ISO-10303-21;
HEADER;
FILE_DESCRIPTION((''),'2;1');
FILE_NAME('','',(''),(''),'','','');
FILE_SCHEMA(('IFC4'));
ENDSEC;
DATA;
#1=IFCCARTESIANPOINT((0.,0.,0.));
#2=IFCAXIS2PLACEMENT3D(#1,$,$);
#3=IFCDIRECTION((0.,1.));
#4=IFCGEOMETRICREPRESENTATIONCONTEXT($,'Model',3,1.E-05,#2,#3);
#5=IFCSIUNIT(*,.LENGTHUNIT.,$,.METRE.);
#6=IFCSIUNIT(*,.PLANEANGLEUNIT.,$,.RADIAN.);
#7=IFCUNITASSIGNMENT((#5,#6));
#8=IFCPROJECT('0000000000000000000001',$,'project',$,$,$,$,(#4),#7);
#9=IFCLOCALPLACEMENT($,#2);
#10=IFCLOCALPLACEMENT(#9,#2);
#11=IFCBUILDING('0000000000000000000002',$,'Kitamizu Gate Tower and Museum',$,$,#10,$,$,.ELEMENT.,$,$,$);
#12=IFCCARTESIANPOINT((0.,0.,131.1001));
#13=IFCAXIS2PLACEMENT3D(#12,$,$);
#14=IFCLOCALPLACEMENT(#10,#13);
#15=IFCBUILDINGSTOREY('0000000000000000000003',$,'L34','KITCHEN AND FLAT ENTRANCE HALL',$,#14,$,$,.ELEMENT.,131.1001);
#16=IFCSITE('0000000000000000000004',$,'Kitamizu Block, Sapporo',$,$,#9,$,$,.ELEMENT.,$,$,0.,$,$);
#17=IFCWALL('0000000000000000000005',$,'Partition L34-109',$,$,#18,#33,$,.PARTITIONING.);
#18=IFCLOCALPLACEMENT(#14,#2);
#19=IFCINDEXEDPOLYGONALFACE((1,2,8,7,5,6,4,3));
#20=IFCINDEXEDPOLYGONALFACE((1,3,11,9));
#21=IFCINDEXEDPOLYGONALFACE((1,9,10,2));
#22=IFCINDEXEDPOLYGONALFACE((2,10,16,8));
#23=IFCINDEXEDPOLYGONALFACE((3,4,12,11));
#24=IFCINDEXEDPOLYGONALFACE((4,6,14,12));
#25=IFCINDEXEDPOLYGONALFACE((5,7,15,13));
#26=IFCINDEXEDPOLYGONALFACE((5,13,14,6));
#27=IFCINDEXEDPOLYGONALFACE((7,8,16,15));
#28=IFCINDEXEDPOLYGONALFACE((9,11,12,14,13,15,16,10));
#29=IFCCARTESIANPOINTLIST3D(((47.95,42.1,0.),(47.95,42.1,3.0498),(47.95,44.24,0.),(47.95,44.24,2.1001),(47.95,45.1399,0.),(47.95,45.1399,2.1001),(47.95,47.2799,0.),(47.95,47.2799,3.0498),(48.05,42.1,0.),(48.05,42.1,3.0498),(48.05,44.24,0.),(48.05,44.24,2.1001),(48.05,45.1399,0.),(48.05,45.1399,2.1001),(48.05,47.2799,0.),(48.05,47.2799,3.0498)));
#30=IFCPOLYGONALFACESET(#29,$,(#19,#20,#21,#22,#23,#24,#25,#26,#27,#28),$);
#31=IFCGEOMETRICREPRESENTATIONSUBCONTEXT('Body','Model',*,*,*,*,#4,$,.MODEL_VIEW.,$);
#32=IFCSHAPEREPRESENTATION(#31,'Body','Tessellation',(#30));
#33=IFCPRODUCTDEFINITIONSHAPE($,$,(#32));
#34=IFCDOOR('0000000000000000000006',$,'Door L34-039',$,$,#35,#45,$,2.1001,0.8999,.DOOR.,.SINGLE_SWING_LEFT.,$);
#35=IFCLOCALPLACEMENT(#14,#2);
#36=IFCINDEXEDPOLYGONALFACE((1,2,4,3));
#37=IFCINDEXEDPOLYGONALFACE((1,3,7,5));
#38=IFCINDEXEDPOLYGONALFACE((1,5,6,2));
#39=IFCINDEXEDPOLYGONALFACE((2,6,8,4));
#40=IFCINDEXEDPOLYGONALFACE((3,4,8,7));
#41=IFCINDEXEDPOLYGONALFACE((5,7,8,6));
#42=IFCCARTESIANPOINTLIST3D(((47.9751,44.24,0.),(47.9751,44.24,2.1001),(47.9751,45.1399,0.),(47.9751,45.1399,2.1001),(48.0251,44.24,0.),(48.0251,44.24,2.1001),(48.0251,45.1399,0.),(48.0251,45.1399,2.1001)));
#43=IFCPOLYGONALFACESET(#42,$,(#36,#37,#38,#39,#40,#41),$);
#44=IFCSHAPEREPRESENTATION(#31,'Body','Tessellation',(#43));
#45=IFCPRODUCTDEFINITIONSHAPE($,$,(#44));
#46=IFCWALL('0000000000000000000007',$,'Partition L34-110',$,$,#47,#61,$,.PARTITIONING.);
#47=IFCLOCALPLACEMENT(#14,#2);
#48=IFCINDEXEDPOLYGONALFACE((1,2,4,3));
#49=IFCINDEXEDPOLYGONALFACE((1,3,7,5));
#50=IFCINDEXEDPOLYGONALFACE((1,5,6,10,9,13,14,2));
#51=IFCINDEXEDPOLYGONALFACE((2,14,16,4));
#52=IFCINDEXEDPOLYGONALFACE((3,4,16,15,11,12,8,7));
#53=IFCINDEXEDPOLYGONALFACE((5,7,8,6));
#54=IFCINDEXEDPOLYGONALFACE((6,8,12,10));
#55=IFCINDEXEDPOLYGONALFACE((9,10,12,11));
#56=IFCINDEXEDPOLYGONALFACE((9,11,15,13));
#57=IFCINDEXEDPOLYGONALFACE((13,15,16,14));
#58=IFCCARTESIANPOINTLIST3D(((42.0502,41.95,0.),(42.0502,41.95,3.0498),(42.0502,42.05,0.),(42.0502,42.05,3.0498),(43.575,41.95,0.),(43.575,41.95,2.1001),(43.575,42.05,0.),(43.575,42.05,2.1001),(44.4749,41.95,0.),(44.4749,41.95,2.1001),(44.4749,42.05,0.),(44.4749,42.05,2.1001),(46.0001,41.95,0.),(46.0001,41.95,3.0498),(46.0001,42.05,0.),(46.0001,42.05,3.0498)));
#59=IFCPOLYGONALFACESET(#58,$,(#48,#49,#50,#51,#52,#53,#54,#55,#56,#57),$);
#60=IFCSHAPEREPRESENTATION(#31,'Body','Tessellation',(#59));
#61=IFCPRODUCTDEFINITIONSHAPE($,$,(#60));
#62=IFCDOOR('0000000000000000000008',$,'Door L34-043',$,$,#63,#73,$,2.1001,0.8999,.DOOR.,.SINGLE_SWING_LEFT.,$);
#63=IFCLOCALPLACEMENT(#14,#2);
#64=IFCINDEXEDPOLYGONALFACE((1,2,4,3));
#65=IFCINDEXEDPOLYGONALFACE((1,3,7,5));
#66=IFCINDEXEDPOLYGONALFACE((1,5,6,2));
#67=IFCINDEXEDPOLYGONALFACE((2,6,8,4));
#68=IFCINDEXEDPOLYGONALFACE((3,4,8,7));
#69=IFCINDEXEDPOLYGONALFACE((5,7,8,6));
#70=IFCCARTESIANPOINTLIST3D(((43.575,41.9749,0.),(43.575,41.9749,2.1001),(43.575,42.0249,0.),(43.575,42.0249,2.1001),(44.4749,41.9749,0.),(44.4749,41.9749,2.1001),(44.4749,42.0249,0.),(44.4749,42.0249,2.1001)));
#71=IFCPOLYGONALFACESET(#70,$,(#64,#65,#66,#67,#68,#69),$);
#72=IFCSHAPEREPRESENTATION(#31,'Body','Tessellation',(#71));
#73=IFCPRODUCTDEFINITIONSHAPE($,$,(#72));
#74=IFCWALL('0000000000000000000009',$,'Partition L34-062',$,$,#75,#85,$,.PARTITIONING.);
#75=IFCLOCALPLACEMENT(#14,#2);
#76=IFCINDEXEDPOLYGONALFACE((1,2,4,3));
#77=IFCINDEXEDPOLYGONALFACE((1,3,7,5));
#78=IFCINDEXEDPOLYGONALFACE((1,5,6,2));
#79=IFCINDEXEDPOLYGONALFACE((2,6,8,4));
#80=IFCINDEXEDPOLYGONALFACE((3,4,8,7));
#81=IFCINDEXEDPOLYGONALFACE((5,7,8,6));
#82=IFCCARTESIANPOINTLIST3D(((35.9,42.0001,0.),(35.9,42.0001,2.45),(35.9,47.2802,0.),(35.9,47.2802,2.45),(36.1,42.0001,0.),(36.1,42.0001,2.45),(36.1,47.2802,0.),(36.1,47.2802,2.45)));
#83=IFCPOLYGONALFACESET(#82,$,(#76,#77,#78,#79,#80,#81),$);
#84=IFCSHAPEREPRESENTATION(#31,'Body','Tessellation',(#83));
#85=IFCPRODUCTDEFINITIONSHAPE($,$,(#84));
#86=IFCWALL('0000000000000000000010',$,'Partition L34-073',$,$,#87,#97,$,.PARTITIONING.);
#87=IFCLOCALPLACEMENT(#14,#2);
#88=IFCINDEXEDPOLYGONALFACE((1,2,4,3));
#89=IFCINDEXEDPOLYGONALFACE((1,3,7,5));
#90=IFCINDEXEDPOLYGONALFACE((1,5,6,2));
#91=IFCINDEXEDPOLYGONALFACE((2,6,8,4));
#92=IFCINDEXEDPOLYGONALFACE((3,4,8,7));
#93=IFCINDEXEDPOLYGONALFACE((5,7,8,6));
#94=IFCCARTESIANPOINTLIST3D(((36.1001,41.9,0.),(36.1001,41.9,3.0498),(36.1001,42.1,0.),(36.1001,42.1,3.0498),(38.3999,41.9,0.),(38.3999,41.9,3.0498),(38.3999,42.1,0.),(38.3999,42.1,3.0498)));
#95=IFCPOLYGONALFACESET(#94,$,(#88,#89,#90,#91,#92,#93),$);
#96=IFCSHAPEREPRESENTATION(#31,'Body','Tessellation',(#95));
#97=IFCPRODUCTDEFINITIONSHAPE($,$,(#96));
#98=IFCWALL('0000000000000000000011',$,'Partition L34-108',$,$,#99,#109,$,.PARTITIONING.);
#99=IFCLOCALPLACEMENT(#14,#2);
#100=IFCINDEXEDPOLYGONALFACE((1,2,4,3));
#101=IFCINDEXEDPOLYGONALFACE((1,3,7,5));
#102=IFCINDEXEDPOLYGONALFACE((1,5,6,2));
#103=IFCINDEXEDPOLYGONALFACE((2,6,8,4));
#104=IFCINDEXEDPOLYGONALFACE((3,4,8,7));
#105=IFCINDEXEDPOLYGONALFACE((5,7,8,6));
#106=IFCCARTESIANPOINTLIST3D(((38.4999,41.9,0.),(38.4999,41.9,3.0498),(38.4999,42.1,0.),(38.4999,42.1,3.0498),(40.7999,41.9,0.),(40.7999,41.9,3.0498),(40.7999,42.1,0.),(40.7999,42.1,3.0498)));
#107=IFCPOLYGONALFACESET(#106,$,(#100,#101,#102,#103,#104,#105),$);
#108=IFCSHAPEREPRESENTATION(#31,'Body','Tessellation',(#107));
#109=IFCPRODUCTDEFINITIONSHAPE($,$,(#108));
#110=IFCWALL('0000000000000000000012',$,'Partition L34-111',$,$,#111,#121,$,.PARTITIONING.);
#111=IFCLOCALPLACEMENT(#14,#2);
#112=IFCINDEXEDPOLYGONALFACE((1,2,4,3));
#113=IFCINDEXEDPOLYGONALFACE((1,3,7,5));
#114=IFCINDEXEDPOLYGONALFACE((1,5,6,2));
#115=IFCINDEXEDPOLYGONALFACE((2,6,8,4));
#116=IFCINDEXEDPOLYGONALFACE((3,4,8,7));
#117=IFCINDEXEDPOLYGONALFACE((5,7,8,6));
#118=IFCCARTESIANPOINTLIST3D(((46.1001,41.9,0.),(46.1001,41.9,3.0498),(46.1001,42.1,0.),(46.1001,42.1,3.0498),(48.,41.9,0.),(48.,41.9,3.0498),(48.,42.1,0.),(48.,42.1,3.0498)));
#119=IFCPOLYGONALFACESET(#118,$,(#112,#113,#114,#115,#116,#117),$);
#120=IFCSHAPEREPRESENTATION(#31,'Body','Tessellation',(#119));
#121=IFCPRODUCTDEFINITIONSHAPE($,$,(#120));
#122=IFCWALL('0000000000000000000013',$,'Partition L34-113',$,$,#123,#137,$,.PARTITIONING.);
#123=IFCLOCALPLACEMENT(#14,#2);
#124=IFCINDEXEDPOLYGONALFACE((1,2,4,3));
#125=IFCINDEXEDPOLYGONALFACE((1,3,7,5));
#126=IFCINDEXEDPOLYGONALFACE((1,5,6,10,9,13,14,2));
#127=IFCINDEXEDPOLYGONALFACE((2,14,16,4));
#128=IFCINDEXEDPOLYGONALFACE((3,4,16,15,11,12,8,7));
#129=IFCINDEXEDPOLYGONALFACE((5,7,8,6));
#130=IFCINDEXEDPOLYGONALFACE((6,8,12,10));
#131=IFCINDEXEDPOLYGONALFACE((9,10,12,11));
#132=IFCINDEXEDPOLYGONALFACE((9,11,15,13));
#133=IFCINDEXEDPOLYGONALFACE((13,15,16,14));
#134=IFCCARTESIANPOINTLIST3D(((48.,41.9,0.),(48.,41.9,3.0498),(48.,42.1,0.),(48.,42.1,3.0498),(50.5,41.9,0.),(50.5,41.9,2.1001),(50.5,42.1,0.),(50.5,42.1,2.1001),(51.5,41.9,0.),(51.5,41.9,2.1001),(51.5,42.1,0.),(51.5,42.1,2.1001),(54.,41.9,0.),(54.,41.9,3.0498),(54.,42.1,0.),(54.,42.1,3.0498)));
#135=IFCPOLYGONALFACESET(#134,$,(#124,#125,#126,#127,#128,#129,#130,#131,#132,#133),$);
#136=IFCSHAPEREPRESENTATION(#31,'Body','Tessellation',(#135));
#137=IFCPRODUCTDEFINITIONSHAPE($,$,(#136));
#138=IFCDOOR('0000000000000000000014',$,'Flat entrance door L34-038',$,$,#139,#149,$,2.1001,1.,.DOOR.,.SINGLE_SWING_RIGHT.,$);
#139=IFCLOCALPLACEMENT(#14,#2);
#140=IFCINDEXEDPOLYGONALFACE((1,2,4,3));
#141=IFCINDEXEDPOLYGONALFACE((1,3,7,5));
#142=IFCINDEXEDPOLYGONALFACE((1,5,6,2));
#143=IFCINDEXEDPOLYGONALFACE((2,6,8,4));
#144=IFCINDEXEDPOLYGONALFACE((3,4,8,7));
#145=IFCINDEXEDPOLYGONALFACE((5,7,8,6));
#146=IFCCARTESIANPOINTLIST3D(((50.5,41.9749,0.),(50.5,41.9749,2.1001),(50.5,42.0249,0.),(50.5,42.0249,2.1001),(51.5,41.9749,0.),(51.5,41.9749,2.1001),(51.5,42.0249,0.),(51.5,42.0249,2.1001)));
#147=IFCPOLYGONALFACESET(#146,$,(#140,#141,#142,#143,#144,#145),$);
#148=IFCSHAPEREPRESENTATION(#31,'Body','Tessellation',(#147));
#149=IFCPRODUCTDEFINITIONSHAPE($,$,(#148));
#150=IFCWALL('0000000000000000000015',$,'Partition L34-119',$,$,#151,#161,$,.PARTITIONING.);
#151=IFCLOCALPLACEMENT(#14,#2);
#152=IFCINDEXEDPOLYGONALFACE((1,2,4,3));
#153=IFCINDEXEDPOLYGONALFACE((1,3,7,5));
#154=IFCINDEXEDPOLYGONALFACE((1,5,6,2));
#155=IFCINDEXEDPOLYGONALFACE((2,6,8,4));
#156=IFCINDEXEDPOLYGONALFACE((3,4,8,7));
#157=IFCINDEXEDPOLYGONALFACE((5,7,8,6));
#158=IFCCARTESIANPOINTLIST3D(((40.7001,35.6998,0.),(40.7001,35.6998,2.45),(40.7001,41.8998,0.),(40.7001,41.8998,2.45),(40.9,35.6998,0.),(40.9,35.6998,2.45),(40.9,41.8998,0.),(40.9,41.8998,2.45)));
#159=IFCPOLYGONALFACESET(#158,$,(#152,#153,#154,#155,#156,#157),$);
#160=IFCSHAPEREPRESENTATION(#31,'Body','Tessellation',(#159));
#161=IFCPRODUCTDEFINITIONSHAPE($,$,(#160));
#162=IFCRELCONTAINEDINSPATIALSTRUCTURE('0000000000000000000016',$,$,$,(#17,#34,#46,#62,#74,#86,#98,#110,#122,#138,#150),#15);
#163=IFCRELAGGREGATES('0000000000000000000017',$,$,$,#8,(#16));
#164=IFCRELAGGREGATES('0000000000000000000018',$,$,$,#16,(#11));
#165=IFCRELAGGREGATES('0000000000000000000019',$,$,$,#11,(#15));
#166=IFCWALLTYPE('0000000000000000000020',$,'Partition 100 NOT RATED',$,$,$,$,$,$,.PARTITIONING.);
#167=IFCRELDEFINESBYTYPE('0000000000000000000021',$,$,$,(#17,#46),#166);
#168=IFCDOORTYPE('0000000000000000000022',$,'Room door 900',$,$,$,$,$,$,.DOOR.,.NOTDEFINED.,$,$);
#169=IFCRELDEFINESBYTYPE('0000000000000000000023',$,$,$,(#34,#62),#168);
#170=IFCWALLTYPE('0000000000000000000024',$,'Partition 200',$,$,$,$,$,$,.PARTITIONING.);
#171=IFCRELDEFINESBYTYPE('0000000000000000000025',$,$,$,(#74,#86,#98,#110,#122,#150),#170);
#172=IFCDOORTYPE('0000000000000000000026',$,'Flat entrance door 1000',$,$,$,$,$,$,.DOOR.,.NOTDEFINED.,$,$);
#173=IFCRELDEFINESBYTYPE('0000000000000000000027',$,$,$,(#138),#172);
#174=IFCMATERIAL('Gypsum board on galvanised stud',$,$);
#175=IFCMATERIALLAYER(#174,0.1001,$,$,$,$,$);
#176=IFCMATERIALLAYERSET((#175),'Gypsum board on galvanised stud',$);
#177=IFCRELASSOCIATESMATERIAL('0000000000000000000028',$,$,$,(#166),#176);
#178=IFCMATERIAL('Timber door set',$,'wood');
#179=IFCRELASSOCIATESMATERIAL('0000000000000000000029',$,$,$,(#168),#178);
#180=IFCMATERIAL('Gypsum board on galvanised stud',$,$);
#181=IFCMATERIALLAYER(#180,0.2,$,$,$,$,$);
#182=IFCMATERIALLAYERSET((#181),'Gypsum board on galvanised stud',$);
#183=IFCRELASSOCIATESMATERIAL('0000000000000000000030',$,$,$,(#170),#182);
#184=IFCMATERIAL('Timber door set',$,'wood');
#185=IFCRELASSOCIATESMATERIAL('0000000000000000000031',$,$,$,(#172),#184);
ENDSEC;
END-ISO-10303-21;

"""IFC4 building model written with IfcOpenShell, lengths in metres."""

from ifc_helpers import new_model, si_unit, direction, frame, frame_2d, origin, place, context, subcontext, project, spatial, rectangle, extrude, material, layer, layer_set, type_object, element, fill, save


model = new_model("IFC4")

# Units and contexts
model_context = context("Model", 3, precision=1e-05, world=origin(), true_north=direction((0.0, 1.0)))
body_context = subcontext(model_context, "Body", "Model", "MODEL_VIEW")
ifc_project = project(units=[si_unit("LENGTHUNIT", "METRE"), si_unit("PLANEANGLEUNIT", "RADIAN")], contexts=[model_context])

# Site, building, storey
site_placement = place(None, origin())
site = spatial("IfcSite", under=ifc_project, at=site_placement, Name="Kitamizu Block, Sapporo", CompositionType="ELEMENT", RefElevation=0.0)
building_placement = place(site_placement, origin())
building = spatial("IfcBuilding", under=site, at=building_placement, Name="Kitamizu Gate Tower and Museum", CompositionType="ELEMENT")
storey_placement = place(building_placement, frame((0.0, 0.0, 131.1001)))
storey = spatial("IfcBuildingStorey", under=building, at=storey_placement, Name="L34", Description="KITCHEN AND FLAT ENTRANCE HALL", CompositionType="ELEMENT", Elevation=131.1001)

# Shared definitions
ifc_material_1 = material(Name="Gypsum board on galvanised stud")
ifc_layer_1 = layer(ifc_material_1, 0.1001)
ifc_layer_set_1 = layer_set([ifc_layer_1], Name="Gypsum board on galvanised stud")
wall_type_1 = type_object("IfcWallType", Name="Partition 100 NOT RATED", PredefinedType="PARTITIONING", material=ifc_layer_set_1)
ifc_material_2 = material(Name="Timber door set", Category="wood")
door_type_1 = type_object("IfcDoorType", Name="Room door 900", OperationType="NOTDEFINED", PredefinedType="DOOR", material=ifc_material_2)

# Walls, openings, doors
wall_1_placement = place(storey_placement, frame((48.0, 42.1001, 0.0), z_axis=(0.0, 0.0, 1.0), x_axis=(0.0, 1.0, 0.0)))
wall_1 = element("IfcWall", 1, at=wall_1_placement, inside=storey, type_object=wall_type_1, Name="Partition L34-109", PredefinedType="PARTITIONING", context=body_context, shape_type="SweptSolid", body=[
    extrude(rectangle(XDim=5.1799, YDim=0.1001, at=frame_2d((2.5898, 0.0))), origin(), (0.0, 0.0, 1.0), 3.0498),
])
opening_1_placement = place(wall_1_placement, frame((2.1399, 0.0, 0.0)))
opening_1 = element("IfcOpeningElement", 2, at=opening_1_placement, cuts=wall_1, PredefinedType="OPENING", context=body_context, shape_type="SweptSolid", body=[
    extrude(rectangle(XDim=0.8999, YDim=2.1001, at=frame_2d((0.45, 1.05))), frame((0.0, 0.0601, 0.0), z_axis=(0.0, -1.0, 0.0), x_axis=(1.0, 0.0, 0.0)), (0.0, 0.0, 1.0), 0.1201),
])
door_1_placement = place(opening_1_placement, origin())
door_1 = element("IfcDoor", 3, at=door_1_placement, inside=storey, type_object=door_type_1, Name="Door L34-039", OperationType="SINGLE_SWING_LEFT", OverallHeight=2.1001, OverallWidth=0.8999, PredefinedType="DOOR", context=body_context, shape_type="SweptSolid", body=[
    extrude(rectangle(XDim=0.8999, YDim=2.1001, at=frame_2d((0.45, 1.05))), frame((0.0, 0.0249, 0.0), z_axis=(0.0, -1.0, 0.0), x_axis=(1.0, 0.0, 0.0)), (0.0, 0.0, 1.0), 0.05),
])
fill(opening_1, door_1)
wall_2_placement = place(storey_placement, frame((42.05, 42.0, 0.0), z_axis=(0.0, 0.0, 1.0), x_axis=(1.0, 0.0, 0.0)))
wall_2 = element("IfcWall", 4, at=wall_2_placement, inside=storey, type_object=wall_type_1, Name="Partition L34-110", PredefinedType="PARTITIONING", context=body_context, shape_type="SweptSolid", body=[
    extrude(rectangle(XDim=3.95, YDim=0.1001, at=frame_2d((1.9751, 0.0))), origin(), (0.0, 0.0, 1.0), 3.0498),
])
opening_2_placement = place(wall_2_placement, frame((1.5249, 0.0, 0.0)))
opening_2 = element("IfcOpeningElement", 5, at=opening_2_placement, cuts=wall_2, PredefinedType="OPENING", context=body_context, shape_type="SweptSolid", body=[
    extrude(rectangle(XDim=0.8999, YDim=2.1001, at=frame_2d((0.45, 1.05))), frame((0.0, 0.0601, 0.0), z_axis=(0.0, -1.0, 0.0), x_axis=(1.0, 0.0, 0.0)), (0.0, 0.0, 1.0), 0.1201),
])
door_2_placement = place(opening_2_placement, origin())
door_2 = element("IfcDoor", 6, at=door_2_placement, inside=storey, type_object=door_type_1, Name="Door L34-043", OperationType="SINGLE_SWING_LEFT", OverallHeight=2.1001, OverallWidth=0.8999, PredefinedType="DOOR", context=body_context, shape_type="SweptSolid", body=[
    extrude(rectangle(XDim=0.8999, YDim=2.1001, at=frame_2d((0.45, 1.05))), frame((0.0, 0.0249, 0.0), z_axis=(0.0, -1.0, 0.0), x_axis=(1.0, 0.0, 0.0)), (0.0, 0.0, 1.0), 0.05),
])
fill(opening_2, door_2)

# Walls
ifc_material_3 = material(Name="Gypsum board on galvanised stud")
ifc_layer_2 = layer(ifc_material_3, 0.2)
ifc_layer_set_2 = layer_set([ifc_layer_2], Name="Gypsum board on galvanised stud")
wall_type_2 = type_object("IfcWallType", Name="Partition 200", PredefinedType="PARTITIONING", material=ifc_layer_set_2)
wall_3_placement = place(storey_placement, frame((36.0, 42.0, 0.0), z_axis=(0.0, 0.0, 1.0), x_axis=(0.0, 1.0, 0.0)))
element("IfcWall", 7, at=wall_3_placement, inside=storey, type_object=wall_type_2, Name="Partition L34-062", PredefinedType="PARTITIONING", context=body_context, shape_type="SweptSolid", body=[
    extrude(rectangle(XDim=5.28, YDim=0.2, at=frame_2d((2.6401, 0.0))), origin(), (0.0, 0.0, 1.0), 2.45),
])
wall_4_placement = place(storey_placement, frame((38.3999, 42.0, 0.0), z_axis=(0.0, 0.0, 1.0), x_axis=(-1.0, 0.0, 0.0)))
element("IfcWall", 8, at=wall_4_placement, inside=storey, type_object=wall_type_2, Name="Partition L34-073", PredefinedType="PARTITIONING", context=body_context, shape_type="SweptSolid", body=[
    extrude(rectangle(XDim=2.2998, YDim=0.2, at=frame_2d((1.1499, 0.0))), origin(), (0.0, 0.0, 1.0), 3.0498),
])
wall_5_placement = place(storey_placement, frame((38.5, 42.0, 0.0), z_axis=(0.0, 0.0, 1.0), x_axis=(1.0, 0.0, 0.0)))
element("IfcWall", 9, at=wall_5_placement, inside=storey, type_object=wall_type_2, Name="Partition L34-108", PredefinedType="PARTITIONING", context=body_context, shape_type="SweptSolid", body=[
    extrude(rectangle(XDim=2.3, YDim=0.2, at=frame_2d((1.1499, 0.0))), origin(), (0.0, 0.0, 1.0), 3.0498),
])
wall_6_placement = place(storey_placement, frame((46.1001, 42.0, 0.0), z_axis=(0.0, 0.0, 1.0), x_axis=(1.0, 0.0, 0.0)))
element("IfcWall", 10, at=wall_6_placement, inside=storey, type_object=wall_type_2, Name="Partition L34-111", PredefinedType="PARTITIONING", context=body_context, shape_type="SweptSolid", body=[
    extrude(rectangle(XDim=1.8999, YDim=0.2, at=frame_2d((0.95, 0.0))), origin(), (0.0, 0.0, 1.0), 3.0498),
])

# Wall, opening, door
wall_7_placement = place(storey_placement, frame((48.0, 42.0, 0.0), z_axis=(0.0, 0.0, 1.0), x_axis=(1.0, 0.0, 0.0)))
wall_7 = element("IfcWall", 11, at=wall_7_placement, inside=storey, type_object=wall_type_2, Name="Partition L34-113", PredefinedType="PARTITIONING", context=body_context, shape_type="SweptSolid", body=[
    extrude(rectangle(XDim=6.0, YDim=0.2, at=frame_2d((3.0, 0.0))), origin(), (0.0, 0.0, 1.0), 3.0498),
])
opening_3_placement = place(wall_7_placement, frame((2.5, 0.0, 0.0)))
opening_3 = element("IfcOpeningElement", 12, at=opening_3_placement, cuts=wall_7, PredefinedType="OPENING", context=body_context, shape_type="SweptSolid", body=[
    extrude(rectangle(XDim=1.0, YDim=2.1001, at=frame_2d((0.5, 1.05))), frame((0.0, 0.1099, 0.0), z_axis=(0.0, -1.0, 0.0), x_axis=(1.0, 0.0, 0.0)), (0.0, 0.0, 1.0), 0.22),
])
ifc_material_4 = material(Name="Timber door set", Category="wood")
door_type_2 = type_object("IfcDoorType", Name="Flat entrance door 1000", OperationType="NOTDEFINED", PredefinedType="DOOR", material=ifc_material_4)
door_3_placement = place(opening_3_placement, origin())
door_3 = element("IfcDoor", 13, at=door_3_placement, inside=storey, type_object=door_type_2, Name="Flat entrance door L34-038", OperationType="SINGLE_SWING_RIGHT", OverallHeight=2.1001, OverallWidth=1.0, PredefinedType="DOOR", context=body_context, shape_type="SweptSolid", body=[
    extrude(rectangle(XDim=1.0, YDim=2.1001, at=frame_2d((0.5, 1.05))), frame((0.0, 0.0249, 0.0), z_axis=(0.0, -1.0, 0.0), x_axis=(1.0, 0.0, 0.0)), (0.0, 0.0, 1.0), 0.05),
])
fill(opening_3, door_3)

# Wall
wall_8_placement = place(storey_placement, frame((40.8, 41.8999, 0.0), z_axis=(0.0, 0.0, 1.0), x_axis=(0.0, -1.0, 0.0)))
element("IfcWall", 14, at=wall_8_placement, inside=storey, type_object=wall_type_2, Name="Partition L34-119", PredefinedType="PARTITIONING", context=body_context, shape_type="SweptSolid", body=[
    extrude(rectangle(XDim=6.2, YDim=0.2, at=frame_2d((3.1001, 0.0))), origin(), (0.0, 0.0, 1.0), 2.45),
])

save(model, "model.ifc")
